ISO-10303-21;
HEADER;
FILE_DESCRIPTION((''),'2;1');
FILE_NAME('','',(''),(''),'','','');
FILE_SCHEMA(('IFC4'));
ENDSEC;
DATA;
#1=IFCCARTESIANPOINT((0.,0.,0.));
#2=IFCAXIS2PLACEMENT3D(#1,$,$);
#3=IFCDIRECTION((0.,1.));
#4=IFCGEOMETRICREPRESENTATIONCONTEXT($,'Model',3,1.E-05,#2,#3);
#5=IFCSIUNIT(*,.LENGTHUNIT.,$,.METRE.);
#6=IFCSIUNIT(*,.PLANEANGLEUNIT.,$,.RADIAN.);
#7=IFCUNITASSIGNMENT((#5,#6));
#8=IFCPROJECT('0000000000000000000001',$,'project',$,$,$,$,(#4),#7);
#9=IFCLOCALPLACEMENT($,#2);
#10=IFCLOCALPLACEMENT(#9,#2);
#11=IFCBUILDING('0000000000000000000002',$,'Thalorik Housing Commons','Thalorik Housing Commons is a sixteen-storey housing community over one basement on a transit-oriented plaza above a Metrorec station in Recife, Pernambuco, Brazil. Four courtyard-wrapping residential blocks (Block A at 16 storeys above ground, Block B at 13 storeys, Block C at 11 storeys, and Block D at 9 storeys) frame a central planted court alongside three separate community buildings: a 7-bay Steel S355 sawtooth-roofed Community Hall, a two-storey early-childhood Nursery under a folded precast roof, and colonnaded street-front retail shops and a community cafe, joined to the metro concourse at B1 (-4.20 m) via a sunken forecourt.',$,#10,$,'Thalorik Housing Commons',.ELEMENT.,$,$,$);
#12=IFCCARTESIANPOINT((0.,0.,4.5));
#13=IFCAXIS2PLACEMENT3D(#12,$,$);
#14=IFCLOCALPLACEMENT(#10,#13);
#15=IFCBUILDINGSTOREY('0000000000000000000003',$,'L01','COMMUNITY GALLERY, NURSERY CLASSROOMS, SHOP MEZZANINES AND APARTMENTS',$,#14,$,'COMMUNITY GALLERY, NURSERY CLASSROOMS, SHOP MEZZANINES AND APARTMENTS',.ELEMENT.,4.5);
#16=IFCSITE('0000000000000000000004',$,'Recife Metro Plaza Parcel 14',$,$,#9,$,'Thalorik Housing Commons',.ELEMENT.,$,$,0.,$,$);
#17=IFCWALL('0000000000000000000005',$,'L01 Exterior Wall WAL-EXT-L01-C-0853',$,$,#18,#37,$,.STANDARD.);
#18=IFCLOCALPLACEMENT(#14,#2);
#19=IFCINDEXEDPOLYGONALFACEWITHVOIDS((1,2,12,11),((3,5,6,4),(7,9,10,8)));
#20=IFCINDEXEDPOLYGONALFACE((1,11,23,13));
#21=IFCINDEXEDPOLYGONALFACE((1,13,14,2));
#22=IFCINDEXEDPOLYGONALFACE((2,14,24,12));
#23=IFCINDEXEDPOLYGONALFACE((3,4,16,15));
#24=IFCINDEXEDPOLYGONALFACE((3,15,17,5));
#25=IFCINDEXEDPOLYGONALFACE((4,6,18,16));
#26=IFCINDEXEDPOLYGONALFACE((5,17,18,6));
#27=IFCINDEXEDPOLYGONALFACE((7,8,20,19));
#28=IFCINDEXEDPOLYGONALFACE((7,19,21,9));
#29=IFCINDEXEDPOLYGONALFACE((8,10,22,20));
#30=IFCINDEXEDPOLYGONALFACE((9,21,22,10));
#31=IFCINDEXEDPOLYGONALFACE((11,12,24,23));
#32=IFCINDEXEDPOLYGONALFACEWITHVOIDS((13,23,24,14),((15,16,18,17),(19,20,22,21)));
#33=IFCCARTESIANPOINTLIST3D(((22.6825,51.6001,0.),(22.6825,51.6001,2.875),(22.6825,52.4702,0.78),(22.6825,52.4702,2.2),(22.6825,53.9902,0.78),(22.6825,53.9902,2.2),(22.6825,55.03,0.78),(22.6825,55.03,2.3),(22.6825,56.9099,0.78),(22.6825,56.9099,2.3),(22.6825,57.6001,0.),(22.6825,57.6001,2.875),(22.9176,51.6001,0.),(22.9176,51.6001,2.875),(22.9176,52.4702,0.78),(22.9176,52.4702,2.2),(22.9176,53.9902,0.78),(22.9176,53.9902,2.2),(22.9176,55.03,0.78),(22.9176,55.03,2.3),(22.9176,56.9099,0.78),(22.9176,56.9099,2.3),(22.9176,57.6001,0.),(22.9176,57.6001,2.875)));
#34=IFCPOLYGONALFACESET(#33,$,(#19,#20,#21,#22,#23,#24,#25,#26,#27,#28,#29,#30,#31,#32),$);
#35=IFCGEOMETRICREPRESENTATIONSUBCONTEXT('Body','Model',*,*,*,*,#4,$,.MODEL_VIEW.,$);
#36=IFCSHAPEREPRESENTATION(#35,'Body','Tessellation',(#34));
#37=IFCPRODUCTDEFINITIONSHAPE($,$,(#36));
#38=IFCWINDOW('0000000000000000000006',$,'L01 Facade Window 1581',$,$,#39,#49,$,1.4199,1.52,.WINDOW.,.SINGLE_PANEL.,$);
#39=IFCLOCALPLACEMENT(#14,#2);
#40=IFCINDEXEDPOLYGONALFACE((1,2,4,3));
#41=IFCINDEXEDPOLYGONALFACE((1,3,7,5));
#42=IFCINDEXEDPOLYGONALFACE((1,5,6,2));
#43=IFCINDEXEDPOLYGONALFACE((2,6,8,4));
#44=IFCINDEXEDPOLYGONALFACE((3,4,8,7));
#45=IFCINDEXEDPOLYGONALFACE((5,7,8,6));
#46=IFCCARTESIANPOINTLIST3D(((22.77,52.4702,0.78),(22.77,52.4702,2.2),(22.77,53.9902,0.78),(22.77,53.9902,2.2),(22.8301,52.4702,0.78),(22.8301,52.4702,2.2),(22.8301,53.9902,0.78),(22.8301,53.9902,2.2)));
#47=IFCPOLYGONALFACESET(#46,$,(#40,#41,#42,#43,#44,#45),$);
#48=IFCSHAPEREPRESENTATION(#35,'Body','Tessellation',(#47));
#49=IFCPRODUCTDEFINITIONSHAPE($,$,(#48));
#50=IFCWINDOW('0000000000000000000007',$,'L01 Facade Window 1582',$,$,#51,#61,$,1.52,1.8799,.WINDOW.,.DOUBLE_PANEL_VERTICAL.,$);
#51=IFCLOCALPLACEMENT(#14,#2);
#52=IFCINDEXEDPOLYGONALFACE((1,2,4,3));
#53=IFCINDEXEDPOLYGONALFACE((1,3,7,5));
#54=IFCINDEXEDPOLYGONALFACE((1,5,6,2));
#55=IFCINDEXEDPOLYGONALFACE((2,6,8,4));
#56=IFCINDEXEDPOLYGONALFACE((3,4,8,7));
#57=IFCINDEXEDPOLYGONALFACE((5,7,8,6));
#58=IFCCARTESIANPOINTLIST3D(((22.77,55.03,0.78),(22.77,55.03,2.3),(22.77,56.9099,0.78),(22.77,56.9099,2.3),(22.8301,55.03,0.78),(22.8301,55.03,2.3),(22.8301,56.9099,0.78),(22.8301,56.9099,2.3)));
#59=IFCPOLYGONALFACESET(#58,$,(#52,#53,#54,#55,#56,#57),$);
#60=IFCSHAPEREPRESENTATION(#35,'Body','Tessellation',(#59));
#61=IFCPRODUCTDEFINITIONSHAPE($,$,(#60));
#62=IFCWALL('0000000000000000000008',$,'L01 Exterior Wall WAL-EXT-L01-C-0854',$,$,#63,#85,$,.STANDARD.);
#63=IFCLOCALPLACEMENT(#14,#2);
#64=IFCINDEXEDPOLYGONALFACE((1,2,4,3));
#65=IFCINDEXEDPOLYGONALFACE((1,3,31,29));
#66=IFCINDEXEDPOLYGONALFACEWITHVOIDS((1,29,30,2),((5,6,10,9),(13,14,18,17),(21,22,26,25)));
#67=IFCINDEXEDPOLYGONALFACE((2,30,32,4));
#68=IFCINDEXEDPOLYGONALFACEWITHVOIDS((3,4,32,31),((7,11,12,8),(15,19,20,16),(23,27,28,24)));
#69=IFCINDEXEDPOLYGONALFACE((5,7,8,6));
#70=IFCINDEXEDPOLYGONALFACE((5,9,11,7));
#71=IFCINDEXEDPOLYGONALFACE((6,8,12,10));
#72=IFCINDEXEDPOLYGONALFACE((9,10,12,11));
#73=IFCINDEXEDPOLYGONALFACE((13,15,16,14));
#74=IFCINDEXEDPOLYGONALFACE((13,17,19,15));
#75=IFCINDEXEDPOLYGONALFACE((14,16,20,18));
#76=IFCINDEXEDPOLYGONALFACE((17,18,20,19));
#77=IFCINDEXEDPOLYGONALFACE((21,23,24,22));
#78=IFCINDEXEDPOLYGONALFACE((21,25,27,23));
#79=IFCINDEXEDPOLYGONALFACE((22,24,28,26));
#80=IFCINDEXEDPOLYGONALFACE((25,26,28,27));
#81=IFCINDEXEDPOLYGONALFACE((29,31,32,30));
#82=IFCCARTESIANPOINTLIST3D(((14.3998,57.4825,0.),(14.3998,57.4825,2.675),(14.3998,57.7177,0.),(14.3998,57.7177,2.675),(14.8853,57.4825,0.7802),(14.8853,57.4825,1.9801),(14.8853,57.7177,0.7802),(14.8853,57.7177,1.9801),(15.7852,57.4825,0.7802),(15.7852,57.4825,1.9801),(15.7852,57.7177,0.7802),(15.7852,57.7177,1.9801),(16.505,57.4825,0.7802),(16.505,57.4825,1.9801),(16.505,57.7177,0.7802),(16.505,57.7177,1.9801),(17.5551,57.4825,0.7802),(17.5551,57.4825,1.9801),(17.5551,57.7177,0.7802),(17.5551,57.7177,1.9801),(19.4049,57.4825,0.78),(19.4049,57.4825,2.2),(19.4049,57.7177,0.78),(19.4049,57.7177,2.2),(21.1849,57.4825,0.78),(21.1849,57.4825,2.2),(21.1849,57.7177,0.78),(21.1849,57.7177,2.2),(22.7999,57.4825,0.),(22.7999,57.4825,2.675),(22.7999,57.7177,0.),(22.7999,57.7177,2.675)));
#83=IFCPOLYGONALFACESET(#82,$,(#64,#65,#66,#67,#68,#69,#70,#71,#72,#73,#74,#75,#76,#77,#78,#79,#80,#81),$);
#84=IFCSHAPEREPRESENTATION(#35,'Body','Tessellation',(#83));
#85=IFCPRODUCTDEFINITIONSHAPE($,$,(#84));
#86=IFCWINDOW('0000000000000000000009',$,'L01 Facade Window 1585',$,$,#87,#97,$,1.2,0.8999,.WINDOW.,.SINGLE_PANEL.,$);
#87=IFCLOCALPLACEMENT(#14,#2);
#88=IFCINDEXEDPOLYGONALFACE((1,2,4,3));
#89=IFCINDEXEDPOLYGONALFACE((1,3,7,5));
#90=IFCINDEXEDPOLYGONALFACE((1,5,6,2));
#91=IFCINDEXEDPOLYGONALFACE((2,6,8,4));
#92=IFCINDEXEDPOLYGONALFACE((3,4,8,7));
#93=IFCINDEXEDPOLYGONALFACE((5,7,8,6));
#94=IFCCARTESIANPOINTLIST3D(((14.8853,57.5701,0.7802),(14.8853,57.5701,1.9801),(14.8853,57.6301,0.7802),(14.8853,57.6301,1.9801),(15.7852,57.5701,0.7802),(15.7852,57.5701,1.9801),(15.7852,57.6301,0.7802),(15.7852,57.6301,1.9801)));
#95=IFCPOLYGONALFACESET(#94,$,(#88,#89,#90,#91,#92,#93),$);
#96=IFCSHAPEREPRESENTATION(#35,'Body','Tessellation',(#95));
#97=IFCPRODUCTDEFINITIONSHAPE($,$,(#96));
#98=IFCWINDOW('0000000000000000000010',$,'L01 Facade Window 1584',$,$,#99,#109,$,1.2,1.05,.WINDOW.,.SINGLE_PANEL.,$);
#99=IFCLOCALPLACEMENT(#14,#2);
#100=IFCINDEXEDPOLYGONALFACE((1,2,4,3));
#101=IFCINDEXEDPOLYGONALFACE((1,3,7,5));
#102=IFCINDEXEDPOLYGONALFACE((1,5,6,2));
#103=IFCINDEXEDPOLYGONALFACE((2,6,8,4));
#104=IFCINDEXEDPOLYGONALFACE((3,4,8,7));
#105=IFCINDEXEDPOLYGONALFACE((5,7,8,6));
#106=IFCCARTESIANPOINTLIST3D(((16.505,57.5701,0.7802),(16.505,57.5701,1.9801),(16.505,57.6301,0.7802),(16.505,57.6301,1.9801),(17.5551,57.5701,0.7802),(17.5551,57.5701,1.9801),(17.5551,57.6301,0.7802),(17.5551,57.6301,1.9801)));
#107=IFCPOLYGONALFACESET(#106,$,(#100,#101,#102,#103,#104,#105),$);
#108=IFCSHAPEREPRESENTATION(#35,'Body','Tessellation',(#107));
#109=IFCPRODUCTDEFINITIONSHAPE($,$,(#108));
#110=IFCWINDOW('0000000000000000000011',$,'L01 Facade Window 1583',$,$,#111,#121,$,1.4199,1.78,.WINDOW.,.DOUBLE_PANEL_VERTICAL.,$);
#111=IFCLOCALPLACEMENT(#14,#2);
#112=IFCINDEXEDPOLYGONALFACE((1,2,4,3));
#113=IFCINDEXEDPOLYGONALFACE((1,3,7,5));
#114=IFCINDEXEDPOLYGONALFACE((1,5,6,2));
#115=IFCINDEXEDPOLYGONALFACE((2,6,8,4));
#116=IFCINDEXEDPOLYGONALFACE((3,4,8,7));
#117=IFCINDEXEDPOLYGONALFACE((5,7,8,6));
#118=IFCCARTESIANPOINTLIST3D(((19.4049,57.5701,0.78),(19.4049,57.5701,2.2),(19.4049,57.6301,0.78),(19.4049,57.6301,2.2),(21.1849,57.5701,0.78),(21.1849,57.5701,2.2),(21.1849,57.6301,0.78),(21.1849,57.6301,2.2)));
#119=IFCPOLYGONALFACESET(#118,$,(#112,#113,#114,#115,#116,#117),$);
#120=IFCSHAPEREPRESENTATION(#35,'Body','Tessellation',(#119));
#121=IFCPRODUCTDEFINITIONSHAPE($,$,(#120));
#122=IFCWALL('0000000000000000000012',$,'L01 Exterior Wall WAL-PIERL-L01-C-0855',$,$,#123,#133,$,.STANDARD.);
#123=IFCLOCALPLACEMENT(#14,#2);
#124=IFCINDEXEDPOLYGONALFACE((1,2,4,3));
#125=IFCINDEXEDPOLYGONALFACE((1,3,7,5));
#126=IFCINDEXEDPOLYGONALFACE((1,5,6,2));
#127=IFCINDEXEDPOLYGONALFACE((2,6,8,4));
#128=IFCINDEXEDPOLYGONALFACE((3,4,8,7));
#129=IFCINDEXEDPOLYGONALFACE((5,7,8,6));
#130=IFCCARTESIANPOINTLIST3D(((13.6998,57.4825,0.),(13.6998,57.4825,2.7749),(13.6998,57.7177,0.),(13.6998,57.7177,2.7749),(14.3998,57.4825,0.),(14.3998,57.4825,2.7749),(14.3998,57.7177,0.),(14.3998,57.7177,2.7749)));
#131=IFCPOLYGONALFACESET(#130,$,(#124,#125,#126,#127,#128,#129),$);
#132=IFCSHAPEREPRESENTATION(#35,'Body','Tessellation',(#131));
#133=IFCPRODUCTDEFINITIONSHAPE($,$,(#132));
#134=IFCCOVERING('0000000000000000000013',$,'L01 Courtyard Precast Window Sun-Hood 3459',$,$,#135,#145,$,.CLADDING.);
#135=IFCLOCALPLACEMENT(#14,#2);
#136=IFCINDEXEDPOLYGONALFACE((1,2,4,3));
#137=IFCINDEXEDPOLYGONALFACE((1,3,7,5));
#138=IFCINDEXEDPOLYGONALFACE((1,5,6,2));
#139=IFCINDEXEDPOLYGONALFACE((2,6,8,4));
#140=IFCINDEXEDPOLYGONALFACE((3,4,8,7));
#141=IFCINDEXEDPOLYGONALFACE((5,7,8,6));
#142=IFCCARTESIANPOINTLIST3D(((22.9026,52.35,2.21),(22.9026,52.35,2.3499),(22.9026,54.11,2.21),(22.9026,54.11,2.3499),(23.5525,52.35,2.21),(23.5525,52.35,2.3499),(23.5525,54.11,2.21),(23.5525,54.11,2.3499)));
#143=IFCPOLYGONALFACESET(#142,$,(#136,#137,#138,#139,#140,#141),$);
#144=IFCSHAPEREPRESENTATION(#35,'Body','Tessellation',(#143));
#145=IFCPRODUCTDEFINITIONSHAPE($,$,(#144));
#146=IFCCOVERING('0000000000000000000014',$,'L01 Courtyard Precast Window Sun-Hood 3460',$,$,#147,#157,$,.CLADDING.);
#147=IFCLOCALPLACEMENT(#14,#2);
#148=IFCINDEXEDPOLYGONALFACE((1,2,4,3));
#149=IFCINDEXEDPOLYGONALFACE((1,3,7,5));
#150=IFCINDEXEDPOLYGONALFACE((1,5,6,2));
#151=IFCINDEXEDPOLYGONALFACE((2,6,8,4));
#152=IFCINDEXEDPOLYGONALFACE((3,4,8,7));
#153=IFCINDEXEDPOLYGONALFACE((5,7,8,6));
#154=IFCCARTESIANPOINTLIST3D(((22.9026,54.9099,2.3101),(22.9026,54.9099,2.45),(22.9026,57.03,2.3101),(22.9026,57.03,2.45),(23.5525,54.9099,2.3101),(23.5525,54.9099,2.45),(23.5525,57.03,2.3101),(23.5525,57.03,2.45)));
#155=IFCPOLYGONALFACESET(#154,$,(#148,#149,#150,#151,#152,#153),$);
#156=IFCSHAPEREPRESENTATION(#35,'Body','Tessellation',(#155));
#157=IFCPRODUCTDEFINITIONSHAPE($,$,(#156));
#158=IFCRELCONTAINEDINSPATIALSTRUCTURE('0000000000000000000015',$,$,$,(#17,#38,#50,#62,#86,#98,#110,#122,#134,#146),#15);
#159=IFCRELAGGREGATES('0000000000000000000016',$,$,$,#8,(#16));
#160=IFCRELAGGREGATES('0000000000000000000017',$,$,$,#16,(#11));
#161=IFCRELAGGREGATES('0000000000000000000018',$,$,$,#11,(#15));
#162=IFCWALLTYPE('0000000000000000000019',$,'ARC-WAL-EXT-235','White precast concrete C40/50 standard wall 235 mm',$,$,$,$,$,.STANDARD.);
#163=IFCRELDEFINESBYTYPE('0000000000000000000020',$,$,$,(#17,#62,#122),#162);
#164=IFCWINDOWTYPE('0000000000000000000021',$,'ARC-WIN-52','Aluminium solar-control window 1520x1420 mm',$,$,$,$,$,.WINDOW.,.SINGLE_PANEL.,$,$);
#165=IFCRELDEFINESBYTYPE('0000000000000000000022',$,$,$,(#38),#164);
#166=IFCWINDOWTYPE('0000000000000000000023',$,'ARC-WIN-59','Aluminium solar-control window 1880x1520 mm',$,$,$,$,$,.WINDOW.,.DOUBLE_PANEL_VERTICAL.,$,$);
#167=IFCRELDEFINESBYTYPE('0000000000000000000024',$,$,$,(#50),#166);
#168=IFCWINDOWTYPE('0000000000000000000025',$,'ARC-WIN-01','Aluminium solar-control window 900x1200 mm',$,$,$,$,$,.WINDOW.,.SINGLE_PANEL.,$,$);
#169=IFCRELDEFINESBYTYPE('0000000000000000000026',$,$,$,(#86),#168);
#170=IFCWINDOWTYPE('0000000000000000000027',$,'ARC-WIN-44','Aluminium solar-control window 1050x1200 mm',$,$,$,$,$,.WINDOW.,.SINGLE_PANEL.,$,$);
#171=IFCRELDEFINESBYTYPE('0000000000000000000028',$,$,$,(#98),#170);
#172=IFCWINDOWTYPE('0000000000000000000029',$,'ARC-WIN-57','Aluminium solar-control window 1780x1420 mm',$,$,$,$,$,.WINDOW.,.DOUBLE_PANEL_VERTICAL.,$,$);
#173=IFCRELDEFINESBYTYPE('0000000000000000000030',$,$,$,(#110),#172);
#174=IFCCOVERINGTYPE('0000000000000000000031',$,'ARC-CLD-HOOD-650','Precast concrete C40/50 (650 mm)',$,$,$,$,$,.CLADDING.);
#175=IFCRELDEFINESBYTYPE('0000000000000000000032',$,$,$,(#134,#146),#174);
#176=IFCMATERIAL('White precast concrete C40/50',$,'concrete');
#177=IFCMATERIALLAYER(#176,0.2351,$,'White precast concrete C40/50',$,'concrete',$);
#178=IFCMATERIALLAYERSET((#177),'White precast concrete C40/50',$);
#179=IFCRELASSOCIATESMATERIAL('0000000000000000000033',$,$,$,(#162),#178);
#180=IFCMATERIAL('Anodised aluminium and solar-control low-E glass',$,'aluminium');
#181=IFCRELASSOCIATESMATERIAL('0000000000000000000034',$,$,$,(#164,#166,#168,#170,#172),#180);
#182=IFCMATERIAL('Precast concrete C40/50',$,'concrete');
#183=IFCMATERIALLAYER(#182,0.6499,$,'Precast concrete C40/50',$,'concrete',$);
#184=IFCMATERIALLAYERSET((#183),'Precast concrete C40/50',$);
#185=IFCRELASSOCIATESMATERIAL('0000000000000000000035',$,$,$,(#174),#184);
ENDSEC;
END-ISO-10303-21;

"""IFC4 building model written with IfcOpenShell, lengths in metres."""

from ifc_helpers import new_model, si_unit, direction, frame, frame_2d, origin, origin_2d, place, context, subcontext, project, spatial, rectangle, extrude, material, layer, layer_set, type_object, element, fill, save


model = new_model("IFC4")

# Units and contexts
model_context = context("Model", 3, precision=1e-05, world=origin(), true_north=direction((0.0, 1.0)))
body_context = subcontext(model_context, "Body", "Model", "MODEL_VIEW")
ifc_project = project(units=[si_unit("LENGTHUNIT", "METRE"), si_unit("PLANEANGLEUNIT", "RADIAN")], contexts=[model_context])

# Site, building, storey
site_placement = place(None, origin())
site = spatial("IfcSite", under=ifc_project, at=site_placement, Name="Recife Metro Plaza Parcel 14", LongName="Thalorik Housing Commons", CompositionType="ELEMENT", RefElevation=0.0)
building_placement = place(site_placement, origin())
building = spatial("IfcBuilding", under=site, at=building_placement, Name="Thalorik Housing Commons", Description="Thalorik Housing Commons is a sixteen-storey housing community over one basement on a transit-oriented plaza above a Metrorec station in Recife, Pernambuco, Brazil. Four courtyard-wrapping residential blocks (Block A at 16 storeys above ground, Block B at 13 storeys, Block C at 11 storeys, and Block D at 9 storeys) frame a central planted court alongside three separate community buildings: a 7-bay Steel S355 sawtooth-roofed Community Hall, a two-storey early-childhood Nursery under a folded precast roof, and colonnaded street-front retail shops and a community cafe, joined to the metro concourse at B1 (-4.20 m) via a sunken forecourt.", LongName="Thalorik Housing Commons", CompositionType="ELEMENT")
storey_placement = place(building_placement, frame((0.0, 0.0, 4.5)))
storey = spatial("IfcBuildingStorey", under=building, at=storey_placement, Name="L01", Description="COMMUNITY GALLERY, NURSERY CLASSROOMS, SHOP MEZZANINES AND APARTMENTS", LongName="COMMUNITY GALLERY, NURSERY CLASSROOMS, SHOP MEZZANINES AND APARTMENTS", CompositionType="ELEMENT", Elevation=4.5)

# Shared definitions
ifc_material_1 = material(Name="Precast concrete C40/50", Category="concrete")

# Shared definitions
ifc_material_2 = material(Name="Anodised aluminium and solar-control low-E glass", Category="aluminium")

# Walls, openings, windows
ifc_material_3 = material(Name="White precast concrete C40/50", Category="concrete")
ifc_layer_1 = layer(ifc_material_3, 0.2351, Name="White precast concrete C40/50", Category="concrete")
ifc_layer_set_1 = layer_set([ifc_layer_1], Name="White precast concrete C40/50")
wall_type = type_object("IfcWallType", Name="ARC-WAL-EXT-235", Description="White precast concrete C40/50 standard wall 235 mm", PredefinedType="STANDARD", material=ifc_layer_set_1)
wall_1_placement = place(storey_placement, frame((22.8, 51.6001, 0.0), z_axis=(0.0, 0.0, 1.0), x_axis=(0.0, 1.0, 0.0)))
wall_1 = element("IfcWall", 1, at=wall_1_placement, inside=storey, type_object=wall_type, Name="L01 Exterior Wall WAL-EXT-L01-C-0853", PredefinedType="STANDARD", context=body_context, shape_type="SweptSolid", body=[
    extrude(rectangle(XDim=6.0, YDim=0.2351, at=frame_2d((3.0, 0.0))), origin(), (0.0, 0.0, 1.0), 2.875),
])
opening_1_placement = place(wall_1_placement, frame((0.8701, 0.0, 0.78)))
opening_1 = element("IfcOpeningElement", 2, at=opening_1_placement, cuts=wall_1, PredefinedType="OPENING", context=body_context, shape_type="SweptSolid", body=[
    extrude(rectangle(XDim=1.52, YDim=1.4199, at=frame_2d((0.76, 0.71))), frame((0.0, 0.1274, 0.0), z_axis=(0.0, -1.0, 0.0), x_axis=(1.0, 0.0, 0.0)), (0.0, 0.0, 1.0), 0.2551),
])
opening_2_placement = place(wall_1_placement, frame((3.4299, 0.0, 0.78)))
opening_2 = element("IfcOpeningElement", 3, at=opening_2_placement, cuts=wall_1, PredefinedType="OPENING", context=body_context, shape_type="SweptSolid", body=[
    extrude(rectangle(XDim=1.8799, YDim=1.52, at=frame_2d((0.9399, 0.76))), frame((0.0, 0.1274, 0.0), z_axis=(0.0, -1.0, 0.0), x_axis=(1.0, 0.0, 0.0)), (0.0, 0.0, 1.0), 0.2551),
])
window_type_1 = type_object("IfcWindowType", Name="ARC-WIN-52", Description="Aluminium solar-control window 1520x1420 mm", PartitioningType="SINGLE_PANEL", PredefinedType="WINDOW", material=ifc_material_2)
window_1_placement = place(opening_1_placement, origin())
window_1 = element("IfcWindow", 4, at=window_1_placement, inside=storey, type_object=window_type_1, Name="L01 Facade Window 1581", OverallHeight=1.4199, OverallWidth=1.52, PartitioningType="SINGLE_PANEL", PredefinedType="WINDOW", context=body_context, shape_type="SweptSolid", body=[
    extrude(rectangle(XDim=1.52, YDim=1.4199, at=frame_2d((0.76, 0.71))), frame((0.0, 0.03, 0.0), z_axis=(0.0, -1.0, 0.0), x_axis=(1.0, 0.0, 0.0)), (0.0, 0.0, 1.0), 0.0601),
])
fill(opening_1, window_1)
window_type_2 = type_object("IfcWindowType", Name="ARC-WIN-59", Description="Aluminium solar-control window 1880x1520 mm", PartitioningType="DOUBLE_PANEL_VERTICAL", PredefinedType="WINDOW", material=ifc_material_2)
window_2_placement = place(opening_2_placement, origin())
window_2 = element("IfcWindow", 5, at=window_2_placement, inside=storey, type_object=window_type_2, Name="L01 Facade Window 1582", OverallHeight=1.52, OverallWidth=1.8799, PartitioningType="DOUBLE_PANEL_VERTICAL", PredefinedType="WINDOW", context=body_context, shape_type="SweptSolid", body=[
    extrude(rectangle(XDim=1.8799, YDim=1.52, at=frame_2d((0.9399, 0.76))), frame((0.0, 0.03, 0.0), z_axis=(0.0, -1.0, 0.0), x_axis=(1.0, 0.0, 0.0)), (0.0, 0.0, 1.0), 0.0601),
])
fill(opening_2, window_2)
wall_2_placement = place(storey_placement, frame((22.8, 57.6001, 0.0), z_axis=(0.0, 0.0, 1.0), x_axis=(-1.0, 0.0, 0.0)))
wall_2 = element("IfcWall", 6, at=wall_2_placement, inside=storey, type_object=wall_type, Name="L01 Exterior Wall WAL-EXT-L01-C-0854", PredefinedType="STANDARD", context=body_context, shape_type="SweptSolid", body=[
    extrude(rectangle(XDim=8.4001, YDim=0.2351, at=frame_2d((4.2002, 0.0))), origin(), (0.0, 0.0, 1.0), 2.675),
])
opening_3_placement = place(wall_2_placement, frame((1.615, 0.0, 0.78)))
opening_3 = element("IfcOpeningElement", 7, at=opening_3_placement, cuts=wall_2, PredefinedType="OPENING", context=body_context, shape_type="SweptSolid", body=[
    extrude(rectangle(XDim=1.78, YDim=1.4199, at=frame_2d((0.8901, 0.71))), frame((0.0, 0.1274, 0.0), z_axis=(0.0, -1.0, 0.0), x_axis=(1.0, 0.0, 0.0)), (0.0, 0.0, 1.0), 0.2551),
])
opening_4_placement = place(wall_2_placement, frame((5.2451, 0.0, 0.78)))
opening_4 = element("IfcOpeningElement", 8, at=opening_4_placement, cuts=wall_2, PredefinedType="OPENING", context=body_context, shape_type="SweptSolid", body=[
    extrude(rectangle(XDim=1.05, YDim=1.2, at=frame_2d((0.5249, 0.6001))), frame((0.0, 0.1274, 0.0), z_axis=(0.0, -1.0, 0.0), x_axis=(1.0, 0.0, 0.0)), (0.0, 0.0, 1.0), 0.2551),
])
opening_5_placement = place(wall_2_placement, frame((7.0149, 0.0, 0.78)))
opening_5 = element("IfcOpeningElement", 9, at=opening_5_placement, cuts=wall_2, PredefinedType="OPENING", context=body_context, shape_type="SweptSolid", body=[
    extrude(rectangle(XDim=0.8999, YDim=1.2, at=frame_2d((0.45, 0.6001))), frame((0.0, 0.1274, 0.0), z_axis=(0.0, -1.0, 0.0), x_axis=(1.0, 0.0, 0.0)), (0.0, 0.0, 1.0), 0.2551),
])
window_type_3 = type_object("IfcWindowType", Name="ARC-WIN-01", Description="Aluminium solar-control window 900x1200 mm", PartitioningType="SINGLE_PANEL", PredefinedType="WINDOW", material=ifc_material_2)
window_3_placement = place(opening_5_placement, origin())
window_3 = element("IfcWindow", 10, at=window_3_placement, inside=storey, type_object=window_type_3, Name="L01 Facade Window 1585", OverallHeight=1.2, OverallWidth=0.8999, PartitioningType="SINGLE_PANEL", PredefinedType="WINDOW", context=body_context, shape_type="SweptSolid", body=[
    extrude(rectangle(XDim=0.8999, YDim=1.2, at=frame_2d((0.45, 0.6001))), frame((0.0, 0.03, 0.0), z_axis=(0.0, -1.0, 0.0), x_axis=(1.0, 0.0, 0.0)), (0.0, 0.0, 1.0), 0.0601),
])
fill(opening_5, window_3)
window_type_4 = type_object("IfcWindowType", Name="ARC-WIN-44", Description="Aluminium solar-control window 1050x1200 mm", PartitioningType="SINGLE_PANEL", PredefinedType="WINDOW", material=ifc_material_2)
window_4_placement = place(opening_4_placement, origin())
window_4 = element("IfcWindow", 11, at=window_4_placement, inside=storey, type_object=window_type_4, Name="L01 Facade Window 1584", OverallHeight=1.2, OverallWidth=1.05, PartitioningType="SINGLE_PANEL", PredefinedType="WINDOW", context=body_context, shape_type="SweptSolid", body=[
    extrude(rectangle(XDim=1.05, YDim=1.2, at=frame_2d((0.5249, 0.6001))), frame((0.0, 0.03, 0.0), z_axis=(0.0, -1.0, 0.0), x_axis=(1.0, 0.0, 0.0)), (0.0, 0.0, 1.0), 0.0601),
])
fill(opening_4, window_4)
window_type_5 = type_object("IfcWindowType", Name="ARC-WIN-57", Description="Aluminium solar-control window 1780x1420 mm", PartitioningType="DOUBLE_PANEL_VERTICAL", PredefinedType="WINDOW", material=ifc_material_2)
window_5_placement = place(opening_3_placement, origin())
window_5 = element("IfcWindow", 12, at=window_5_placement, inside=storey, type_object=window_type_5, Name="L01 Facade Window 1583", OverallHeight=1.4199, OverallWidth=1.78, PartitioningType="DOUBLE_PANEL_VERTICAL", PredefinedType="WINDOW", context=body_context, shape_type="SweptSolid", body=[
    extrude(rectangle(XDim=1.78, YDim=1.4199, at=frame_2d((0.8901, 0.71))), frame((0.0, 0.03, 0.0), z_axis=(0.0, -1.0, 0.0), x_axis=(1.0, 0.0, 0.0)), (0.0, 0.0, 1.0), 0.0601),
])
fill(opening_3, window_5)

# Wall
wall_3_placement = place(storey_placement, frame((14.3999, 57.6001, 0.0), z_axis=(0.0, 0.0, 1.0), x_axis=(-1.0, 0.0, 0.0)))
element("IfcWall", 13, at=wall_3_placement, inside=storey, type_object=wall_type, Name="L01 Exterior Wall WAL-PIERL-L01-C-0855", PredefinedType="STANDARD", context=body_context, shape_type="SweptSolid", body=[
    extrude(rectangle(XDim=0.7, YDim=0.2351, at=frame_2d((0.3501, 0.0))), origin(), (0.0, 0.0, 1.0), 2.7749),
])

# Coverings
ifc_layer_2 = layer(ifc_material_1, 0.6499, Name="Precast concrete C40/50", Category="concrete")
ifc_layer_set_2 = layer_set([ifc_layer_2], Name="Precast concrete C40/50")
covering_type = type_object("IfcCoveringType", Name="ARC-CLD-HOOD-650", Description="Precast concrete C40/50 (650 mm)", PredefinedType="CLADDING", material=ifc_layer_set_2)
covering_1_placement = place(storey_placement, frame((23.2275, 53.23, 2.21), z_axis=(0.0, 0.0, 1.0), x_axis=(0.0, 1.0, 0.0)))
element("IfcCovering", 14, at=covering_1_placement, inside=storey, type_object=covering_type, Name="L01 Courtyard Precast Window Sun-Hood 3459", PredefinedType="CLADDING", context=body_context, shape_type="SweptSolid", body=[
    extrude(rectangle(XDim=1.76, YDim=0.6499, at=origin_2d()), origin(), (0.0, 0.0, 1.0), 0.1399),
])
covering_2_placement = place(storey_placement, frame((23.2275, 55.97, 2.3101), z_axis=(0.0, 0.0, 1.0), x_axis=(0.0, 1.0, 0.0)))
element("IfcCovering", 15, at=covering_2_placement, inside=storey, type_object=covering_type, Name="L01 Courtyard Precast Window Sun-Hood 3460", PredefinedType="CLADDING", context=body_context, shape_type="SweptSolid", body=[
    extrude(rectangle(XDim=2.1201, YDim=0.6499, at=origin_2d()), origin(), (0.0, 0.0, 1.0), 0.1399),
])

save(model, "model.ifc")
